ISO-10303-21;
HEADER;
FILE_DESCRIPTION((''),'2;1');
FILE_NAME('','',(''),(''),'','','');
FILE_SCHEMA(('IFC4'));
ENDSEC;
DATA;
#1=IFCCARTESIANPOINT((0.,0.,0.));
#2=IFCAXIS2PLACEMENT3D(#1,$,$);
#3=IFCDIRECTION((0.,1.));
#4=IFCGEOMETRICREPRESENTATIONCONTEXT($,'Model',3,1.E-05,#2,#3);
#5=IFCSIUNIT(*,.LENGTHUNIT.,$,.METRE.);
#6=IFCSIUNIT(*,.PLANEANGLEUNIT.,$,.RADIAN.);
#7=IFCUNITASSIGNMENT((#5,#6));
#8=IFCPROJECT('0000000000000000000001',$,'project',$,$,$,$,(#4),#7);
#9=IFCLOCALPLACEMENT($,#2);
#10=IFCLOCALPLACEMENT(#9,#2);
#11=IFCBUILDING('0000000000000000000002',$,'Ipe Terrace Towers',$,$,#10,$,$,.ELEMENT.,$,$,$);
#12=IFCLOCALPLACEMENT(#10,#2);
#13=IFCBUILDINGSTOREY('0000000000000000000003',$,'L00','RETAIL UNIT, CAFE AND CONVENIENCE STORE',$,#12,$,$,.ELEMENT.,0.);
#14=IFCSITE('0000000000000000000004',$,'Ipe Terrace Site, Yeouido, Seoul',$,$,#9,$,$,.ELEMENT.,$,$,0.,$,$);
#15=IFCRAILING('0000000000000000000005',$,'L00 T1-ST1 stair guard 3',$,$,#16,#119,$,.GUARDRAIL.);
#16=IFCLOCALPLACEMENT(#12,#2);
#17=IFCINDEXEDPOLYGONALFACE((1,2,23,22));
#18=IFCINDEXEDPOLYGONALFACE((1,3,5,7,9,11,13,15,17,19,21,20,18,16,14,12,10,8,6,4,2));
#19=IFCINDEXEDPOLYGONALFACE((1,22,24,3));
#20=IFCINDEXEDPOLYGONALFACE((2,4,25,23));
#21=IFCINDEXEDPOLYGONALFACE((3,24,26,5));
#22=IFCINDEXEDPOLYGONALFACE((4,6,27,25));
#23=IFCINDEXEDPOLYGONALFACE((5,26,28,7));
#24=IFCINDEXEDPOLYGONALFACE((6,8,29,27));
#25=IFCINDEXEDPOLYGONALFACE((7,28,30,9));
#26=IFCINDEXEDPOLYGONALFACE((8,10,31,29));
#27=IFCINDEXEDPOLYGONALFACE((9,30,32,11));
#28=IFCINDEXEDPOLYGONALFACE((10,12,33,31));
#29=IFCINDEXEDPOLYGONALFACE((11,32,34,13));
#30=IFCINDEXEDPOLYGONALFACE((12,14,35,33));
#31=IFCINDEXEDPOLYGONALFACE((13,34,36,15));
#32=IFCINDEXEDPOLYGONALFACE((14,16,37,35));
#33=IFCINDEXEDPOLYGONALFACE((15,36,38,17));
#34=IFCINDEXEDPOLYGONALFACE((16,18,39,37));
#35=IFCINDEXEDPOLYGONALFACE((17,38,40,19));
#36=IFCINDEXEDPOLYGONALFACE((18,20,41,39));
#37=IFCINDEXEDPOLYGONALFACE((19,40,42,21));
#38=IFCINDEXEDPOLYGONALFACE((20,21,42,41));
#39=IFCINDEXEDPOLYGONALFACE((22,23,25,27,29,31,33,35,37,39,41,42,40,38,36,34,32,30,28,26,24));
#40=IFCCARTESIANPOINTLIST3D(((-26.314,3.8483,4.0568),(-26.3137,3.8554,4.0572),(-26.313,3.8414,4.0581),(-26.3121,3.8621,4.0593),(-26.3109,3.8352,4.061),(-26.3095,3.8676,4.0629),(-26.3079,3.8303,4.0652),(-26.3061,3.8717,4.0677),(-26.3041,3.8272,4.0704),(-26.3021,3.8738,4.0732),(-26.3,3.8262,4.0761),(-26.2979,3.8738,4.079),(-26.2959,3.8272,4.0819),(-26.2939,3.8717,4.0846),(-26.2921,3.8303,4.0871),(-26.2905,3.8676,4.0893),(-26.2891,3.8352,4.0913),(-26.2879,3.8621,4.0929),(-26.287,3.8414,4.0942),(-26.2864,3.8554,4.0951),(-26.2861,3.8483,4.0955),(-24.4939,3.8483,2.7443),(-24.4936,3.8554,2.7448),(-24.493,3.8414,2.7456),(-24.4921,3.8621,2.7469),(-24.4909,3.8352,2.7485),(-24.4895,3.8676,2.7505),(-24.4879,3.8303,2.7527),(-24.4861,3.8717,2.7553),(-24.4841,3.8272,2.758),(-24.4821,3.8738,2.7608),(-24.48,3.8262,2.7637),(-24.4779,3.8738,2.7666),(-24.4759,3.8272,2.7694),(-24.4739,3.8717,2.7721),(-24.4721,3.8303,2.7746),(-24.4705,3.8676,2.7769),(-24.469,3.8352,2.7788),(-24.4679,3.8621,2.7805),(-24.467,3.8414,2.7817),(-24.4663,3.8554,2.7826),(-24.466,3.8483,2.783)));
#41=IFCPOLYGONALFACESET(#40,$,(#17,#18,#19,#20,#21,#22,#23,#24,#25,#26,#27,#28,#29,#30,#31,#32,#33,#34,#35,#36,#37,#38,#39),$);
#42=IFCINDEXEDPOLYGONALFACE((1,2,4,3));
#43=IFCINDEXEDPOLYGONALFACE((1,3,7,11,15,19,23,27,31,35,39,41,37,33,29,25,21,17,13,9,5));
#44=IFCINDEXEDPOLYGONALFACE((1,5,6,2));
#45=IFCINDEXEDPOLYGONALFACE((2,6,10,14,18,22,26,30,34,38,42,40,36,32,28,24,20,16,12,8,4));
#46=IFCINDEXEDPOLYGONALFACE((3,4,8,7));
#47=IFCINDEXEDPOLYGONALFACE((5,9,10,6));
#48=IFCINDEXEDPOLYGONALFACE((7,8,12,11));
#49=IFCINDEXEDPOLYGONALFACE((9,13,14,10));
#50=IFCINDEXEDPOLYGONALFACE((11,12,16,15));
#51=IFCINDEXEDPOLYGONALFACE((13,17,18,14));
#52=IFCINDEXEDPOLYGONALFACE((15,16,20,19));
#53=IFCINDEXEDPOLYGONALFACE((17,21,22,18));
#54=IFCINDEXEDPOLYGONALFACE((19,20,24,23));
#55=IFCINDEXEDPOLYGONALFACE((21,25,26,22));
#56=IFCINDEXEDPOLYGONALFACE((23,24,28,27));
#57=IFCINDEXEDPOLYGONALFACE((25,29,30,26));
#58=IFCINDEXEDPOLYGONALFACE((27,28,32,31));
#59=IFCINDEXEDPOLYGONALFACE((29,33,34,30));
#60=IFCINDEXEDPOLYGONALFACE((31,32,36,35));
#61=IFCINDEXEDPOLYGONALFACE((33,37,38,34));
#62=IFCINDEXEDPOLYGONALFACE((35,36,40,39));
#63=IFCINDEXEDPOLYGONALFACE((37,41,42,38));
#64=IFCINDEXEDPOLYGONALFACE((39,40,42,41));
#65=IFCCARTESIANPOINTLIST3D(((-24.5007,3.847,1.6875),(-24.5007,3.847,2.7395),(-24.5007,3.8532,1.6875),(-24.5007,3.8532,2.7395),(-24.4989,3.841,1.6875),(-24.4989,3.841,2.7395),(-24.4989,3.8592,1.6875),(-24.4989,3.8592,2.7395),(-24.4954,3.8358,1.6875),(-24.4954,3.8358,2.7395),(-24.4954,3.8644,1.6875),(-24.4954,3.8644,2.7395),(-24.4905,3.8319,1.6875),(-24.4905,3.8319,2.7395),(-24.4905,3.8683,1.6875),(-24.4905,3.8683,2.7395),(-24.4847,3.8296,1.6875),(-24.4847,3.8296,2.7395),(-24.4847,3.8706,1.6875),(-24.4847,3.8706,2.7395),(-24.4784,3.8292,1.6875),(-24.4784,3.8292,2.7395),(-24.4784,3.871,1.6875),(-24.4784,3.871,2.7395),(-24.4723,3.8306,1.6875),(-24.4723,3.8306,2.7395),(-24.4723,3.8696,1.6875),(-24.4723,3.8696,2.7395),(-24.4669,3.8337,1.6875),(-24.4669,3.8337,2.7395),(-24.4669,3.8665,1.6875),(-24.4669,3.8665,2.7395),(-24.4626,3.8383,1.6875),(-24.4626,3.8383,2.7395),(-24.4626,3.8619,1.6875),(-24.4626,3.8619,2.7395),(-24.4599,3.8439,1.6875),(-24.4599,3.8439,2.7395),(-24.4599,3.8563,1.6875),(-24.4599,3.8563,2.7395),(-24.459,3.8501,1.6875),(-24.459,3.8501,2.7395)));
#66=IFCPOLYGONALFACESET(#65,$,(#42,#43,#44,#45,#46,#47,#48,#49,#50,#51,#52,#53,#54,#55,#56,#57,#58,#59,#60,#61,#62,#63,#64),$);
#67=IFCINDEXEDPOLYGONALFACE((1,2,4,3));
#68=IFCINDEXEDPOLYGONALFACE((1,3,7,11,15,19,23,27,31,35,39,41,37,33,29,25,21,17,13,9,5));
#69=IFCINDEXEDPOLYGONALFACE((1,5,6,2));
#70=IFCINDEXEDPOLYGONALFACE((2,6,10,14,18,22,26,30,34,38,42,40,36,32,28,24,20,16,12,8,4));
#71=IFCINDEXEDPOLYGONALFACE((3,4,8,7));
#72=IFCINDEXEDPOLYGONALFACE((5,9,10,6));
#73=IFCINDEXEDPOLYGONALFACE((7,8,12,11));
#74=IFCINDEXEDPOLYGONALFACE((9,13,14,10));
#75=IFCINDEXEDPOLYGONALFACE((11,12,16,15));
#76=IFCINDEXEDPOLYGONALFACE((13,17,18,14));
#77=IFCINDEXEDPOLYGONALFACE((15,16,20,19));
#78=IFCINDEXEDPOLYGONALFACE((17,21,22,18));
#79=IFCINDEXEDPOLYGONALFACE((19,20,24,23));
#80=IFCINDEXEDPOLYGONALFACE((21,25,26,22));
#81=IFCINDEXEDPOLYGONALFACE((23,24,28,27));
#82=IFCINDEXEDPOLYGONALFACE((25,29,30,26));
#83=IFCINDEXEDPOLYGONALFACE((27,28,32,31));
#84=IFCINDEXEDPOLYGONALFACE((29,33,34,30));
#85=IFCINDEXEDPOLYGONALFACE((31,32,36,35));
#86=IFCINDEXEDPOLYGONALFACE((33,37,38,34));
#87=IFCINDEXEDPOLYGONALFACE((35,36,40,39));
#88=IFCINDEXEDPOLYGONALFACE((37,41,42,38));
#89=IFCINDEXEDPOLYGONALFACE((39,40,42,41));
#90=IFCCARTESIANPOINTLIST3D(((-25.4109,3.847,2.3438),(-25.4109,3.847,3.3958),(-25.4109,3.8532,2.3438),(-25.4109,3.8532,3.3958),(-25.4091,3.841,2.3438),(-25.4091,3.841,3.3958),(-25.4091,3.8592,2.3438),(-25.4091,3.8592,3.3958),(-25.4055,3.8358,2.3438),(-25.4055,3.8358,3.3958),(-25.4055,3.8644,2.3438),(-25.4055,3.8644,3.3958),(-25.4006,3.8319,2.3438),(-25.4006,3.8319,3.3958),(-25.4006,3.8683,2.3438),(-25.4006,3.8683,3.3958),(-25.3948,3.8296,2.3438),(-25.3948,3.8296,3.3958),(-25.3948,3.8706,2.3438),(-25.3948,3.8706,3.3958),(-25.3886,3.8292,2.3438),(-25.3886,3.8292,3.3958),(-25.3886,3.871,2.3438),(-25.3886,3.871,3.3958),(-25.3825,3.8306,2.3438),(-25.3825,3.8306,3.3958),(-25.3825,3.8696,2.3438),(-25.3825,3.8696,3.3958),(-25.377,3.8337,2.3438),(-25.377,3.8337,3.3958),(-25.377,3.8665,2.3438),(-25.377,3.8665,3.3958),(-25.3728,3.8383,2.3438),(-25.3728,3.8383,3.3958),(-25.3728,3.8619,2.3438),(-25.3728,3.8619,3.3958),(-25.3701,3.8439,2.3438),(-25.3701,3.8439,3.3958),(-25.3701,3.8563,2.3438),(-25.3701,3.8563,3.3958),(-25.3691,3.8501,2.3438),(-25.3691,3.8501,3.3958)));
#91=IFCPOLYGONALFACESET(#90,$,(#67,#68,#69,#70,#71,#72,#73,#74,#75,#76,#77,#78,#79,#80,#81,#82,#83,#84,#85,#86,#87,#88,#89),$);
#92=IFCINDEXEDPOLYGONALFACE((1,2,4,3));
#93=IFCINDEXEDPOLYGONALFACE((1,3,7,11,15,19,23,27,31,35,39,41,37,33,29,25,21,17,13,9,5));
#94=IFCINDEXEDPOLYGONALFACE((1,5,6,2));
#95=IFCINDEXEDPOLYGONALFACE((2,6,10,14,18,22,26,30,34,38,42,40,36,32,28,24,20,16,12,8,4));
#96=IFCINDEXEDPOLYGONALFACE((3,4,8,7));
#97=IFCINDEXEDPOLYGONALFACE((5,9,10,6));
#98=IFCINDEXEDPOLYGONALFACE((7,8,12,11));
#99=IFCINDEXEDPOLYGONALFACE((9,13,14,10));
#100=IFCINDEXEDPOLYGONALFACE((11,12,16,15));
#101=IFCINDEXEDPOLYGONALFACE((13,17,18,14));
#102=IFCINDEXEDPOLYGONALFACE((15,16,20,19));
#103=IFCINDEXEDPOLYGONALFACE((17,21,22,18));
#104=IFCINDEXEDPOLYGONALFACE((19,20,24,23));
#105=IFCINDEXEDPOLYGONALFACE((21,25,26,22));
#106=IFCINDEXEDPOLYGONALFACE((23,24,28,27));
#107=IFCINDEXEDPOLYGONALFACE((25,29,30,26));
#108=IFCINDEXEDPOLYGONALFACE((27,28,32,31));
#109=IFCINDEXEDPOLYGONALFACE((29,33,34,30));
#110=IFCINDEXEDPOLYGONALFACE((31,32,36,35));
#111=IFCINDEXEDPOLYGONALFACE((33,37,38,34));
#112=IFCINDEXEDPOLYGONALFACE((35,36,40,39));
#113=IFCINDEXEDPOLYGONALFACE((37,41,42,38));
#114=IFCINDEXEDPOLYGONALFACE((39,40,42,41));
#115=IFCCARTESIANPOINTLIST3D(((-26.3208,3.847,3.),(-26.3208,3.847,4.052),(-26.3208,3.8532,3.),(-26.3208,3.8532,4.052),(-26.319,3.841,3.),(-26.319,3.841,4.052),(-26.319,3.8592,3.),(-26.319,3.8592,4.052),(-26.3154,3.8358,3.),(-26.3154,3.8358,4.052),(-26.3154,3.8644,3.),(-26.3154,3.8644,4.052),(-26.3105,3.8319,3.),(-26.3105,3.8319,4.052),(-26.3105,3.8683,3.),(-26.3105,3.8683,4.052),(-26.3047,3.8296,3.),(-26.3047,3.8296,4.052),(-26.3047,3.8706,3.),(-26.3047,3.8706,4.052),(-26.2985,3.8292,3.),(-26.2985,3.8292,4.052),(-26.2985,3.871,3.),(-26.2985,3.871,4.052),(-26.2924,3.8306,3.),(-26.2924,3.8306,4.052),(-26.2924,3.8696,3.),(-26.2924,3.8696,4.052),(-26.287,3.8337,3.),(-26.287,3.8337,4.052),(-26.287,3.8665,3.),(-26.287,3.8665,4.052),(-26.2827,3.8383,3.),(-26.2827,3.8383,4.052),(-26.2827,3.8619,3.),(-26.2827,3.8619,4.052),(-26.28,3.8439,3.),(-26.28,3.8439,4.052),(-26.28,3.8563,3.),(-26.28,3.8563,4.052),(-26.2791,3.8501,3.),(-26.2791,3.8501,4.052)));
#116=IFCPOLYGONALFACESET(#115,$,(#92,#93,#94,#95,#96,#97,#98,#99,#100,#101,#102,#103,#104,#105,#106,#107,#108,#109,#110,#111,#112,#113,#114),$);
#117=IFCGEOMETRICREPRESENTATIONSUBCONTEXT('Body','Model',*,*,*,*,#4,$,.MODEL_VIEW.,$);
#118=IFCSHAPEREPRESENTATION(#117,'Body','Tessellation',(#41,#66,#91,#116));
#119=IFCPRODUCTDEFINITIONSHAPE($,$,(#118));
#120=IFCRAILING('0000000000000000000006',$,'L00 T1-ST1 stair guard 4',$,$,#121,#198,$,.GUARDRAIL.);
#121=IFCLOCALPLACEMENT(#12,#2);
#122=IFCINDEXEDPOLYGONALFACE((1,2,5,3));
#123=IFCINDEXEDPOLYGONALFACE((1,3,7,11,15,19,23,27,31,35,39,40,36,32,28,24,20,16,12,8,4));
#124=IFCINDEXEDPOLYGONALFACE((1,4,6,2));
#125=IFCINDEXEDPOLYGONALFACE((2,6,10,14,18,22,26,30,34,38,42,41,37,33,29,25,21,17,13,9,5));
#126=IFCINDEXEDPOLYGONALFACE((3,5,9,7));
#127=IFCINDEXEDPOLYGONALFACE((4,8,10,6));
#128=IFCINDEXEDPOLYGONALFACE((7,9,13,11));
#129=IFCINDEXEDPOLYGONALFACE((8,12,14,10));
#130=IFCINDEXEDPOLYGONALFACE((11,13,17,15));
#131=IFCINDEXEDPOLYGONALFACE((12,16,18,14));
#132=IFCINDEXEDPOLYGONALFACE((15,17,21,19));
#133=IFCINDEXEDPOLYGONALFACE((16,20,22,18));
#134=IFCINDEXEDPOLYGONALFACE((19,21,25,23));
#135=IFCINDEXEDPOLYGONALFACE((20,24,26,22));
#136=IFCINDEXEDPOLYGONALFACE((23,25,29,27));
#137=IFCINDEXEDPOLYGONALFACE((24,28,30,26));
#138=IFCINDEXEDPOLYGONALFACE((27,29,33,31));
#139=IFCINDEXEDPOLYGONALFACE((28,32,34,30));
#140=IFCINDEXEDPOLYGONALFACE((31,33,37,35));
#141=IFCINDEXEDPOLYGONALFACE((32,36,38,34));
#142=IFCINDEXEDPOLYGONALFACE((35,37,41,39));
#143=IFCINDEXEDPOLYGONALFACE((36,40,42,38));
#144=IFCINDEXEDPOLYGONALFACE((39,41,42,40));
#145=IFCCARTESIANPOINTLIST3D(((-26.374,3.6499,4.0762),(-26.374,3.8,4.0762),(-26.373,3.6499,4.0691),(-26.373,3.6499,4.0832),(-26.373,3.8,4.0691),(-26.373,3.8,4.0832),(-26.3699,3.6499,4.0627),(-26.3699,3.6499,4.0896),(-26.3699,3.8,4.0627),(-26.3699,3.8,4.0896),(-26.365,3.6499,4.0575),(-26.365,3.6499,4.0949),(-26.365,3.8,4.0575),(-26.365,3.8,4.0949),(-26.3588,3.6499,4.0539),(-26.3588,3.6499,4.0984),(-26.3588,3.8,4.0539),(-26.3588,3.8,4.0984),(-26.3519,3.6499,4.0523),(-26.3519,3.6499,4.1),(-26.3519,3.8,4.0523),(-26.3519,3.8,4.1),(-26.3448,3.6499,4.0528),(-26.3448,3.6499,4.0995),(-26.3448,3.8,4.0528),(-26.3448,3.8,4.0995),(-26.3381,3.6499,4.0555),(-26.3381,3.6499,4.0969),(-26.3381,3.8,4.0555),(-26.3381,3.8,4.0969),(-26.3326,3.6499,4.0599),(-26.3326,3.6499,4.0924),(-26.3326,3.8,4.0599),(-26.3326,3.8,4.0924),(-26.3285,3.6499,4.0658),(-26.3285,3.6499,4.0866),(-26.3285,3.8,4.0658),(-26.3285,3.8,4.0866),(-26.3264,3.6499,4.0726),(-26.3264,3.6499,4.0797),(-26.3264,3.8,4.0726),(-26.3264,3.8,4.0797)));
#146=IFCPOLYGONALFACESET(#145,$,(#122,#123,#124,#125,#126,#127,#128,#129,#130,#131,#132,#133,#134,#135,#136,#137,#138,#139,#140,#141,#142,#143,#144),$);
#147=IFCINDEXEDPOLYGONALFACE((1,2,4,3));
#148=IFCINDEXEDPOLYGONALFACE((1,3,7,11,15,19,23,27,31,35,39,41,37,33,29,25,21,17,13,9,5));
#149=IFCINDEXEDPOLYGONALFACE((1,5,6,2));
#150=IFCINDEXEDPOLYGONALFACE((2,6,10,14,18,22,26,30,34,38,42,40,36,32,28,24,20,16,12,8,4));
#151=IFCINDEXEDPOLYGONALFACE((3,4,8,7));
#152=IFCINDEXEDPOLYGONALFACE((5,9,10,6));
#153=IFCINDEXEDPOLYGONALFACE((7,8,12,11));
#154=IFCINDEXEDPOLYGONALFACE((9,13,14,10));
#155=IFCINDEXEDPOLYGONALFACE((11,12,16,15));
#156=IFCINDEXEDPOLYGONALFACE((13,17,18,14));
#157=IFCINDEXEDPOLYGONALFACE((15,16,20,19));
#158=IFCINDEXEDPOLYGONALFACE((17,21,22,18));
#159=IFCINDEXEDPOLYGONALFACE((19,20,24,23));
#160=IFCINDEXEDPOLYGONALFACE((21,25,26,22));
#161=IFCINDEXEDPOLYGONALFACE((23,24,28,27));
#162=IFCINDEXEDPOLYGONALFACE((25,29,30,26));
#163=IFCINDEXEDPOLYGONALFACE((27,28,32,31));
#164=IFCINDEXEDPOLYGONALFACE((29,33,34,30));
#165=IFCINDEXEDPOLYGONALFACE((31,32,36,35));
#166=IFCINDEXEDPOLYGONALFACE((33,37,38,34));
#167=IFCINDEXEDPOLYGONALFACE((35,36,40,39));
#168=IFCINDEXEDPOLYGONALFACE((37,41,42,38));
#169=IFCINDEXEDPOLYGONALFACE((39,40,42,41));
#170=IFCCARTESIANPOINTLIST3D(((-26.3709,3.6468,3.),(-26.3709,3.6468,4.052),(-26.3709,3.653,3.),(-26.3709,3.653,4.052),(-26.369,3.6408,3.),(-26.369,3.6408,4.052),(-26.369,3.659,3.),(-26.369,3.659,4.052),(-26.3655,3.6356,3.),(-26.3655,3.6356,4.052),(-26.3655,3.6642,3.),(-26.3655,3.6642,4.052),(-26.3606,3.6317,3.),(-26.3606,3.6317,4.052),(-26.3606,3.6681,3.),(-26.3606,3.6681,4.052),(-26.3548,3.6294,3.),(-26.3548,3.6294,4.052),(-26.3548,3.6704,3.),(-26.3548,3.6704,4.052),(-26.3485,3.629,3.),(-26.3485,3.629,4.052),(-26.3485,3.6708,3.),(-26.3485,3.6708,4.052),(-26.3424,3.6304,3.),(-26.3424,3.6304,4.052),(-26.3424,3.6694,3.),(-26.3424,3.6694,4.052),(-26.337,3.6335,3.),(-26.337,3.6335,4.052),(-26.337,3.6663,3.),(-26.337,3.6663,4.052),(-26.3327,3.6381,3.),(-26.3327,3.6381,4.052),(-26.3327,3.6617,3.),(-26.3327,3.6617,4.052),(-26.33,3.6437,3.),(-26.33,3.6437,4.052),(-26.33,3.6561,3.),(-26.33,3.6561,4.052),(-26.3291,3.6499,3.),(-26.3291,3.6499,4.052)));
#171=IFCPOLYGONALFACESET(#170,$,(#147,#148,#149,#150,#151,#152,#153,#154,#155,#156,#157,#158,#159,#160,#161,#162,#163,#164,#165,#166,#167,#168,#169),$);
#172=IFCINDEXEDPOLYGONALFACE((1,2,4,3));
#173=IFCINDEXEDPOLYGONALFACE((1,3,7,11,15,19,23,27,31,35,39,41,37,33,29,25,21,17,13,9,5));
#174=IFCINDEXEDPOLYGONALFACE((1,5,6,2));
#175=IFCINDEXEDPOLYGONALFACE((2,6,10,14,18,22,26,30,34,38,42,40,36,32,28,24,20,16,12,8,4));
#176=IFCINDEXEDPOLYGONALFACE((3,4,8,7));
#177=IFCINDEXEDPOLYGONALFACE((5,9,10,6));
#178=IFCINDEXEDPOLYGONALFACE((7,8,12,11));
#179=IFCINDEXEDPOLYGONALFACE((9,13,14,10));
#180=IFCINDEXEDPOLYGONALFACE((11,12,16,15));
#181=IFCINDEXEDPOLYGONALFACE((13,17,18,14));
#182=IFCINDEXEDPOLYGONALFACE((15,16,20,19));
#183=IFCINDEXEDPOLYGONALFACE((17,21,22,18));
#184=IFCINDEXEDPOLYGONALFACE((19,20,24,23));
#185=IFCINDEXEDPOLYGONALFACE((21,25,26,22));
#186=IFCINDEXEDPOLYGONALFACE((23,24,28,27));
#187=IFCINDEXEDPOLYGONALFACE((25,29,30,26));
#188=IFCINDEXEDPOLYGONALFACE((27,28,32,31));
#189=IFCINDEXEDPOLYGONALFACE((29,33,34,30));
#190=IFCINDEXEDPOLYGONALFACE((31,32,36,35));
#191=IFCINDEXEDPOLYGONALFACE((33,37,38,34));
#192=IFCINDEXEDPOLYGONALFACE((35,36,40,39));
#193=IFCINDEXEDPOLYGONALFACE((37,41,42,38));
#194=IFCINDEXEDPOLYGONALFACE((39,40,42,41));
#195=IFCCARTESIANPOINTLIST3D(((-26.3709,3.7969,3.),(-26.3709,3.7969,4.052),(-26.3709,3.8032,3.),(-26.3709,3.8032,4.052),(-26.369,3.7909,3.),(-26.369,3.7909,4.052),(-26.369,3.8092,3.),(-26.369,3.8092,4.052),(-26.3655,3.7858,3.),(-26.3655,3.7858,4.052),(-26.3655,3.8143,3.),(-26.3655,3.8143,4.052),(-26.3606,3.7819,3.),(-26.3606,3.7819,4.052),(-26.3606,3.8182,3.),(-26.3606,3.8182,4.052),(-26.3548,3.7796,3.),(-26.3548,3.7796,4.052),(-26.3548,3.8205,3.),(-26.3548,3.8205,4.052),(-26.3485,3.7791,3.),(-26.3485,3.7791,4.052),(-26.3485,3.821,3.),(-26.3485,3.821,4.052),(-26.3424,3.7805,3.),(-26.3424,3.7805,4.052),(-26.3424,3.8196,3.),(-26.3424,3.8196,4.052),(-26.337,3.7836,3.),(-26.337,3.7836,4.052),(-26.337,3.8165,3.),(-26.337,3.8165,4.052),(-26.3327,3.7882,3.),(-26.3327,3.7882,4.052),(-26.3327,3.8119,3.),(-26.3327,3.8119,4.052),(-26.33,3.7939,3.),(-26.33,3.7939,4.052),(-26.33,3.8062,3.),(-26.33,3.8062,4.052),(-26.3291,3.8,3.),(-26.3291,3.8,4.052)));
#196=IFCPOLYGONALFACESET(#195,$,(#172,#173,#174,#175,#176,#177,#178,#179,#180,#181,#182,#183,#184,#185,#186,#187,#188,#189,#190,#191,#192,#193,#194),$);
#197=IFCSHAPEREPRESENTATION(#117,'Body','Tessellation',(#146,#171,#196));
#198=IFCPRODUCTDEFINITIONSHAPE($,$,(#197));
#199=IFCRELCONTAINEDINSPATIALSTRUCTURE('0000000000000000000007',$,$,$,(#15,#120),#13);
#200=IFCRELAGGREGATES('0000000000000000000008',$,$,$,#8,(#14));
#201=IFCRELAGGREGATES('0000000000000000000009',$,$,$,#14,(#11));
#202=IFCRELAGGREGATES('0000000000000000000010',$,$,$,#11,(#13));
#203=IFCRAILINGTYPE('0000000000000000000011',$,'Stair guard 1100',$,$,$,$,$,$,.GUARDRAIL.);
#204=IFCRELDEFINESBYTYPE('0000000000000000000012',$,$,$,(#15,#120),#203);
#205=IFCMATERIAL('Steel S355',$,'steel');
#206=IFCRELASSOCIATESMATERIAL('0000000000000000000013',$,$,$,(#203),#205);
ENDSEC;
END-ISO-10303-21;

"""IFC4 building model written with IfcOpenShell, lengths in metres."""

from ifc_helpers import new_model, si_unit, direction, frame, origin, origin_2d, place, context, subcontext, project, spatial, circle, extrude, material, type_object, element, save


model = new_model("IFC4")

# Units and contexts
model_context = context("Model", 3, precision=1e-05, world=origin(), true_north=direction((0.0, 1.0)))
body_context = subcontext(model_context, "Body", "Model", "MODEL_VIEW")
ifc_project = project(units=[si_unit("LENGTHUNIT", "METRE"), si_unit("PLANEANGLEUNIT", "RADIAN")], contexts=[model_context])

# Site, building, storey
site_placement = place(None, origin())
site = spatial("IfcSite", under=ifc_project, at=site_placement, Name="Ipe Terrace Site, Yeouido, Seoul", CompositionType="ELEMENT", RefElevation=0.0)
building_placement = place(site_placement, origin())
building = spatial("IfcBuilding", under=site, at=building_placement, Name="Ipe Terrace Towers", CompositionType="ELEMENT")
storey_placement = place(building_placement, origin())
storey = spatial("IfcBuildingStorey", under=building, at=storey_placement, Name="L00", Description="RETAIL UNIT, CAFE AND CONVENIENCE STORE", CompositionType="ELEMENT", Elevation=0.0)

# Railings
ifc_material_1 = material(Name="Steel S355", Category="steel")
railing_type_1 = type_object("IfcRailingType", Name="Stair guard 1100", PredefinedType="GUARDRAIL", material=ifc_material_1)
railing_1_placement = place(storey_placement, frame((-24.48, 3.8501, 1.6875)))
element("IfcRailing", 1, at=railing_1_placement, inside=storey, type_object=railing_type_1, Name="L00 T1-ST1 stair guard 3", PredefinedType="GUARDRAIL", context=body_context, shape_type="SweptSolid", body=[
    extrude(circle(Radius=0.0239, at=origin_2d()), frame((0.0, 0.0, 1.0762), z_axis=(-0.811101, 0.0, 0.584906), x_axis=(0.0, -1.0, 0.0)), (0.0, 0.0, 1.0), 2.2439),
    extrude(circle(Radius=0.021, at=origin_2d()), origin(), (0.0, 0.0, 1.0), 1.052),
    extrude(circle(Radius=0.021, at=origin_2d()), frame((-0.9102, 0.0, 0.6562)), (0.0, 0.0, 1.0), 1.052),
    extrude(circle(Radius=0.021, at=origin_2d()), frame((-1.8201, 0.0, 1.3125)), (0.0, 0.0, 1.0), 1.052),
])
railing_2_placement = place(storey_placement, frame((-26.3501, 3.6499, 3.0)))
element("IfcRailing", 2, at=railing_2_placement, inside=storey, type_object=railing_type_1, Name="L00 T1-ST1 stair guard 4", PredefinedType="GUARDRAIL", context=body_context, shape_type="SweptSolid", body=[
    extrude(circle(Radius=0.0239, at=origin_2d()), frame((0.0, 0.0, 1.0762), z_axis=(0.0, 1.0, 0.0), x_axis=(-1.0, 0.0, 0.0)), (0.0, 0.0, 1.0), 0.1501),
    extrude(circle(Radius=0.021, at=origin_2d()), origin(), (0.0, 0.0, 1.0), 1.052),
    extrude(circle(Radius=0.021, at=origin_2d()), frame((0.0, 0.1501, 0.0)), (0.0, 0.0, 1.0), 1.052),
])

save(model, "model.ifc")
